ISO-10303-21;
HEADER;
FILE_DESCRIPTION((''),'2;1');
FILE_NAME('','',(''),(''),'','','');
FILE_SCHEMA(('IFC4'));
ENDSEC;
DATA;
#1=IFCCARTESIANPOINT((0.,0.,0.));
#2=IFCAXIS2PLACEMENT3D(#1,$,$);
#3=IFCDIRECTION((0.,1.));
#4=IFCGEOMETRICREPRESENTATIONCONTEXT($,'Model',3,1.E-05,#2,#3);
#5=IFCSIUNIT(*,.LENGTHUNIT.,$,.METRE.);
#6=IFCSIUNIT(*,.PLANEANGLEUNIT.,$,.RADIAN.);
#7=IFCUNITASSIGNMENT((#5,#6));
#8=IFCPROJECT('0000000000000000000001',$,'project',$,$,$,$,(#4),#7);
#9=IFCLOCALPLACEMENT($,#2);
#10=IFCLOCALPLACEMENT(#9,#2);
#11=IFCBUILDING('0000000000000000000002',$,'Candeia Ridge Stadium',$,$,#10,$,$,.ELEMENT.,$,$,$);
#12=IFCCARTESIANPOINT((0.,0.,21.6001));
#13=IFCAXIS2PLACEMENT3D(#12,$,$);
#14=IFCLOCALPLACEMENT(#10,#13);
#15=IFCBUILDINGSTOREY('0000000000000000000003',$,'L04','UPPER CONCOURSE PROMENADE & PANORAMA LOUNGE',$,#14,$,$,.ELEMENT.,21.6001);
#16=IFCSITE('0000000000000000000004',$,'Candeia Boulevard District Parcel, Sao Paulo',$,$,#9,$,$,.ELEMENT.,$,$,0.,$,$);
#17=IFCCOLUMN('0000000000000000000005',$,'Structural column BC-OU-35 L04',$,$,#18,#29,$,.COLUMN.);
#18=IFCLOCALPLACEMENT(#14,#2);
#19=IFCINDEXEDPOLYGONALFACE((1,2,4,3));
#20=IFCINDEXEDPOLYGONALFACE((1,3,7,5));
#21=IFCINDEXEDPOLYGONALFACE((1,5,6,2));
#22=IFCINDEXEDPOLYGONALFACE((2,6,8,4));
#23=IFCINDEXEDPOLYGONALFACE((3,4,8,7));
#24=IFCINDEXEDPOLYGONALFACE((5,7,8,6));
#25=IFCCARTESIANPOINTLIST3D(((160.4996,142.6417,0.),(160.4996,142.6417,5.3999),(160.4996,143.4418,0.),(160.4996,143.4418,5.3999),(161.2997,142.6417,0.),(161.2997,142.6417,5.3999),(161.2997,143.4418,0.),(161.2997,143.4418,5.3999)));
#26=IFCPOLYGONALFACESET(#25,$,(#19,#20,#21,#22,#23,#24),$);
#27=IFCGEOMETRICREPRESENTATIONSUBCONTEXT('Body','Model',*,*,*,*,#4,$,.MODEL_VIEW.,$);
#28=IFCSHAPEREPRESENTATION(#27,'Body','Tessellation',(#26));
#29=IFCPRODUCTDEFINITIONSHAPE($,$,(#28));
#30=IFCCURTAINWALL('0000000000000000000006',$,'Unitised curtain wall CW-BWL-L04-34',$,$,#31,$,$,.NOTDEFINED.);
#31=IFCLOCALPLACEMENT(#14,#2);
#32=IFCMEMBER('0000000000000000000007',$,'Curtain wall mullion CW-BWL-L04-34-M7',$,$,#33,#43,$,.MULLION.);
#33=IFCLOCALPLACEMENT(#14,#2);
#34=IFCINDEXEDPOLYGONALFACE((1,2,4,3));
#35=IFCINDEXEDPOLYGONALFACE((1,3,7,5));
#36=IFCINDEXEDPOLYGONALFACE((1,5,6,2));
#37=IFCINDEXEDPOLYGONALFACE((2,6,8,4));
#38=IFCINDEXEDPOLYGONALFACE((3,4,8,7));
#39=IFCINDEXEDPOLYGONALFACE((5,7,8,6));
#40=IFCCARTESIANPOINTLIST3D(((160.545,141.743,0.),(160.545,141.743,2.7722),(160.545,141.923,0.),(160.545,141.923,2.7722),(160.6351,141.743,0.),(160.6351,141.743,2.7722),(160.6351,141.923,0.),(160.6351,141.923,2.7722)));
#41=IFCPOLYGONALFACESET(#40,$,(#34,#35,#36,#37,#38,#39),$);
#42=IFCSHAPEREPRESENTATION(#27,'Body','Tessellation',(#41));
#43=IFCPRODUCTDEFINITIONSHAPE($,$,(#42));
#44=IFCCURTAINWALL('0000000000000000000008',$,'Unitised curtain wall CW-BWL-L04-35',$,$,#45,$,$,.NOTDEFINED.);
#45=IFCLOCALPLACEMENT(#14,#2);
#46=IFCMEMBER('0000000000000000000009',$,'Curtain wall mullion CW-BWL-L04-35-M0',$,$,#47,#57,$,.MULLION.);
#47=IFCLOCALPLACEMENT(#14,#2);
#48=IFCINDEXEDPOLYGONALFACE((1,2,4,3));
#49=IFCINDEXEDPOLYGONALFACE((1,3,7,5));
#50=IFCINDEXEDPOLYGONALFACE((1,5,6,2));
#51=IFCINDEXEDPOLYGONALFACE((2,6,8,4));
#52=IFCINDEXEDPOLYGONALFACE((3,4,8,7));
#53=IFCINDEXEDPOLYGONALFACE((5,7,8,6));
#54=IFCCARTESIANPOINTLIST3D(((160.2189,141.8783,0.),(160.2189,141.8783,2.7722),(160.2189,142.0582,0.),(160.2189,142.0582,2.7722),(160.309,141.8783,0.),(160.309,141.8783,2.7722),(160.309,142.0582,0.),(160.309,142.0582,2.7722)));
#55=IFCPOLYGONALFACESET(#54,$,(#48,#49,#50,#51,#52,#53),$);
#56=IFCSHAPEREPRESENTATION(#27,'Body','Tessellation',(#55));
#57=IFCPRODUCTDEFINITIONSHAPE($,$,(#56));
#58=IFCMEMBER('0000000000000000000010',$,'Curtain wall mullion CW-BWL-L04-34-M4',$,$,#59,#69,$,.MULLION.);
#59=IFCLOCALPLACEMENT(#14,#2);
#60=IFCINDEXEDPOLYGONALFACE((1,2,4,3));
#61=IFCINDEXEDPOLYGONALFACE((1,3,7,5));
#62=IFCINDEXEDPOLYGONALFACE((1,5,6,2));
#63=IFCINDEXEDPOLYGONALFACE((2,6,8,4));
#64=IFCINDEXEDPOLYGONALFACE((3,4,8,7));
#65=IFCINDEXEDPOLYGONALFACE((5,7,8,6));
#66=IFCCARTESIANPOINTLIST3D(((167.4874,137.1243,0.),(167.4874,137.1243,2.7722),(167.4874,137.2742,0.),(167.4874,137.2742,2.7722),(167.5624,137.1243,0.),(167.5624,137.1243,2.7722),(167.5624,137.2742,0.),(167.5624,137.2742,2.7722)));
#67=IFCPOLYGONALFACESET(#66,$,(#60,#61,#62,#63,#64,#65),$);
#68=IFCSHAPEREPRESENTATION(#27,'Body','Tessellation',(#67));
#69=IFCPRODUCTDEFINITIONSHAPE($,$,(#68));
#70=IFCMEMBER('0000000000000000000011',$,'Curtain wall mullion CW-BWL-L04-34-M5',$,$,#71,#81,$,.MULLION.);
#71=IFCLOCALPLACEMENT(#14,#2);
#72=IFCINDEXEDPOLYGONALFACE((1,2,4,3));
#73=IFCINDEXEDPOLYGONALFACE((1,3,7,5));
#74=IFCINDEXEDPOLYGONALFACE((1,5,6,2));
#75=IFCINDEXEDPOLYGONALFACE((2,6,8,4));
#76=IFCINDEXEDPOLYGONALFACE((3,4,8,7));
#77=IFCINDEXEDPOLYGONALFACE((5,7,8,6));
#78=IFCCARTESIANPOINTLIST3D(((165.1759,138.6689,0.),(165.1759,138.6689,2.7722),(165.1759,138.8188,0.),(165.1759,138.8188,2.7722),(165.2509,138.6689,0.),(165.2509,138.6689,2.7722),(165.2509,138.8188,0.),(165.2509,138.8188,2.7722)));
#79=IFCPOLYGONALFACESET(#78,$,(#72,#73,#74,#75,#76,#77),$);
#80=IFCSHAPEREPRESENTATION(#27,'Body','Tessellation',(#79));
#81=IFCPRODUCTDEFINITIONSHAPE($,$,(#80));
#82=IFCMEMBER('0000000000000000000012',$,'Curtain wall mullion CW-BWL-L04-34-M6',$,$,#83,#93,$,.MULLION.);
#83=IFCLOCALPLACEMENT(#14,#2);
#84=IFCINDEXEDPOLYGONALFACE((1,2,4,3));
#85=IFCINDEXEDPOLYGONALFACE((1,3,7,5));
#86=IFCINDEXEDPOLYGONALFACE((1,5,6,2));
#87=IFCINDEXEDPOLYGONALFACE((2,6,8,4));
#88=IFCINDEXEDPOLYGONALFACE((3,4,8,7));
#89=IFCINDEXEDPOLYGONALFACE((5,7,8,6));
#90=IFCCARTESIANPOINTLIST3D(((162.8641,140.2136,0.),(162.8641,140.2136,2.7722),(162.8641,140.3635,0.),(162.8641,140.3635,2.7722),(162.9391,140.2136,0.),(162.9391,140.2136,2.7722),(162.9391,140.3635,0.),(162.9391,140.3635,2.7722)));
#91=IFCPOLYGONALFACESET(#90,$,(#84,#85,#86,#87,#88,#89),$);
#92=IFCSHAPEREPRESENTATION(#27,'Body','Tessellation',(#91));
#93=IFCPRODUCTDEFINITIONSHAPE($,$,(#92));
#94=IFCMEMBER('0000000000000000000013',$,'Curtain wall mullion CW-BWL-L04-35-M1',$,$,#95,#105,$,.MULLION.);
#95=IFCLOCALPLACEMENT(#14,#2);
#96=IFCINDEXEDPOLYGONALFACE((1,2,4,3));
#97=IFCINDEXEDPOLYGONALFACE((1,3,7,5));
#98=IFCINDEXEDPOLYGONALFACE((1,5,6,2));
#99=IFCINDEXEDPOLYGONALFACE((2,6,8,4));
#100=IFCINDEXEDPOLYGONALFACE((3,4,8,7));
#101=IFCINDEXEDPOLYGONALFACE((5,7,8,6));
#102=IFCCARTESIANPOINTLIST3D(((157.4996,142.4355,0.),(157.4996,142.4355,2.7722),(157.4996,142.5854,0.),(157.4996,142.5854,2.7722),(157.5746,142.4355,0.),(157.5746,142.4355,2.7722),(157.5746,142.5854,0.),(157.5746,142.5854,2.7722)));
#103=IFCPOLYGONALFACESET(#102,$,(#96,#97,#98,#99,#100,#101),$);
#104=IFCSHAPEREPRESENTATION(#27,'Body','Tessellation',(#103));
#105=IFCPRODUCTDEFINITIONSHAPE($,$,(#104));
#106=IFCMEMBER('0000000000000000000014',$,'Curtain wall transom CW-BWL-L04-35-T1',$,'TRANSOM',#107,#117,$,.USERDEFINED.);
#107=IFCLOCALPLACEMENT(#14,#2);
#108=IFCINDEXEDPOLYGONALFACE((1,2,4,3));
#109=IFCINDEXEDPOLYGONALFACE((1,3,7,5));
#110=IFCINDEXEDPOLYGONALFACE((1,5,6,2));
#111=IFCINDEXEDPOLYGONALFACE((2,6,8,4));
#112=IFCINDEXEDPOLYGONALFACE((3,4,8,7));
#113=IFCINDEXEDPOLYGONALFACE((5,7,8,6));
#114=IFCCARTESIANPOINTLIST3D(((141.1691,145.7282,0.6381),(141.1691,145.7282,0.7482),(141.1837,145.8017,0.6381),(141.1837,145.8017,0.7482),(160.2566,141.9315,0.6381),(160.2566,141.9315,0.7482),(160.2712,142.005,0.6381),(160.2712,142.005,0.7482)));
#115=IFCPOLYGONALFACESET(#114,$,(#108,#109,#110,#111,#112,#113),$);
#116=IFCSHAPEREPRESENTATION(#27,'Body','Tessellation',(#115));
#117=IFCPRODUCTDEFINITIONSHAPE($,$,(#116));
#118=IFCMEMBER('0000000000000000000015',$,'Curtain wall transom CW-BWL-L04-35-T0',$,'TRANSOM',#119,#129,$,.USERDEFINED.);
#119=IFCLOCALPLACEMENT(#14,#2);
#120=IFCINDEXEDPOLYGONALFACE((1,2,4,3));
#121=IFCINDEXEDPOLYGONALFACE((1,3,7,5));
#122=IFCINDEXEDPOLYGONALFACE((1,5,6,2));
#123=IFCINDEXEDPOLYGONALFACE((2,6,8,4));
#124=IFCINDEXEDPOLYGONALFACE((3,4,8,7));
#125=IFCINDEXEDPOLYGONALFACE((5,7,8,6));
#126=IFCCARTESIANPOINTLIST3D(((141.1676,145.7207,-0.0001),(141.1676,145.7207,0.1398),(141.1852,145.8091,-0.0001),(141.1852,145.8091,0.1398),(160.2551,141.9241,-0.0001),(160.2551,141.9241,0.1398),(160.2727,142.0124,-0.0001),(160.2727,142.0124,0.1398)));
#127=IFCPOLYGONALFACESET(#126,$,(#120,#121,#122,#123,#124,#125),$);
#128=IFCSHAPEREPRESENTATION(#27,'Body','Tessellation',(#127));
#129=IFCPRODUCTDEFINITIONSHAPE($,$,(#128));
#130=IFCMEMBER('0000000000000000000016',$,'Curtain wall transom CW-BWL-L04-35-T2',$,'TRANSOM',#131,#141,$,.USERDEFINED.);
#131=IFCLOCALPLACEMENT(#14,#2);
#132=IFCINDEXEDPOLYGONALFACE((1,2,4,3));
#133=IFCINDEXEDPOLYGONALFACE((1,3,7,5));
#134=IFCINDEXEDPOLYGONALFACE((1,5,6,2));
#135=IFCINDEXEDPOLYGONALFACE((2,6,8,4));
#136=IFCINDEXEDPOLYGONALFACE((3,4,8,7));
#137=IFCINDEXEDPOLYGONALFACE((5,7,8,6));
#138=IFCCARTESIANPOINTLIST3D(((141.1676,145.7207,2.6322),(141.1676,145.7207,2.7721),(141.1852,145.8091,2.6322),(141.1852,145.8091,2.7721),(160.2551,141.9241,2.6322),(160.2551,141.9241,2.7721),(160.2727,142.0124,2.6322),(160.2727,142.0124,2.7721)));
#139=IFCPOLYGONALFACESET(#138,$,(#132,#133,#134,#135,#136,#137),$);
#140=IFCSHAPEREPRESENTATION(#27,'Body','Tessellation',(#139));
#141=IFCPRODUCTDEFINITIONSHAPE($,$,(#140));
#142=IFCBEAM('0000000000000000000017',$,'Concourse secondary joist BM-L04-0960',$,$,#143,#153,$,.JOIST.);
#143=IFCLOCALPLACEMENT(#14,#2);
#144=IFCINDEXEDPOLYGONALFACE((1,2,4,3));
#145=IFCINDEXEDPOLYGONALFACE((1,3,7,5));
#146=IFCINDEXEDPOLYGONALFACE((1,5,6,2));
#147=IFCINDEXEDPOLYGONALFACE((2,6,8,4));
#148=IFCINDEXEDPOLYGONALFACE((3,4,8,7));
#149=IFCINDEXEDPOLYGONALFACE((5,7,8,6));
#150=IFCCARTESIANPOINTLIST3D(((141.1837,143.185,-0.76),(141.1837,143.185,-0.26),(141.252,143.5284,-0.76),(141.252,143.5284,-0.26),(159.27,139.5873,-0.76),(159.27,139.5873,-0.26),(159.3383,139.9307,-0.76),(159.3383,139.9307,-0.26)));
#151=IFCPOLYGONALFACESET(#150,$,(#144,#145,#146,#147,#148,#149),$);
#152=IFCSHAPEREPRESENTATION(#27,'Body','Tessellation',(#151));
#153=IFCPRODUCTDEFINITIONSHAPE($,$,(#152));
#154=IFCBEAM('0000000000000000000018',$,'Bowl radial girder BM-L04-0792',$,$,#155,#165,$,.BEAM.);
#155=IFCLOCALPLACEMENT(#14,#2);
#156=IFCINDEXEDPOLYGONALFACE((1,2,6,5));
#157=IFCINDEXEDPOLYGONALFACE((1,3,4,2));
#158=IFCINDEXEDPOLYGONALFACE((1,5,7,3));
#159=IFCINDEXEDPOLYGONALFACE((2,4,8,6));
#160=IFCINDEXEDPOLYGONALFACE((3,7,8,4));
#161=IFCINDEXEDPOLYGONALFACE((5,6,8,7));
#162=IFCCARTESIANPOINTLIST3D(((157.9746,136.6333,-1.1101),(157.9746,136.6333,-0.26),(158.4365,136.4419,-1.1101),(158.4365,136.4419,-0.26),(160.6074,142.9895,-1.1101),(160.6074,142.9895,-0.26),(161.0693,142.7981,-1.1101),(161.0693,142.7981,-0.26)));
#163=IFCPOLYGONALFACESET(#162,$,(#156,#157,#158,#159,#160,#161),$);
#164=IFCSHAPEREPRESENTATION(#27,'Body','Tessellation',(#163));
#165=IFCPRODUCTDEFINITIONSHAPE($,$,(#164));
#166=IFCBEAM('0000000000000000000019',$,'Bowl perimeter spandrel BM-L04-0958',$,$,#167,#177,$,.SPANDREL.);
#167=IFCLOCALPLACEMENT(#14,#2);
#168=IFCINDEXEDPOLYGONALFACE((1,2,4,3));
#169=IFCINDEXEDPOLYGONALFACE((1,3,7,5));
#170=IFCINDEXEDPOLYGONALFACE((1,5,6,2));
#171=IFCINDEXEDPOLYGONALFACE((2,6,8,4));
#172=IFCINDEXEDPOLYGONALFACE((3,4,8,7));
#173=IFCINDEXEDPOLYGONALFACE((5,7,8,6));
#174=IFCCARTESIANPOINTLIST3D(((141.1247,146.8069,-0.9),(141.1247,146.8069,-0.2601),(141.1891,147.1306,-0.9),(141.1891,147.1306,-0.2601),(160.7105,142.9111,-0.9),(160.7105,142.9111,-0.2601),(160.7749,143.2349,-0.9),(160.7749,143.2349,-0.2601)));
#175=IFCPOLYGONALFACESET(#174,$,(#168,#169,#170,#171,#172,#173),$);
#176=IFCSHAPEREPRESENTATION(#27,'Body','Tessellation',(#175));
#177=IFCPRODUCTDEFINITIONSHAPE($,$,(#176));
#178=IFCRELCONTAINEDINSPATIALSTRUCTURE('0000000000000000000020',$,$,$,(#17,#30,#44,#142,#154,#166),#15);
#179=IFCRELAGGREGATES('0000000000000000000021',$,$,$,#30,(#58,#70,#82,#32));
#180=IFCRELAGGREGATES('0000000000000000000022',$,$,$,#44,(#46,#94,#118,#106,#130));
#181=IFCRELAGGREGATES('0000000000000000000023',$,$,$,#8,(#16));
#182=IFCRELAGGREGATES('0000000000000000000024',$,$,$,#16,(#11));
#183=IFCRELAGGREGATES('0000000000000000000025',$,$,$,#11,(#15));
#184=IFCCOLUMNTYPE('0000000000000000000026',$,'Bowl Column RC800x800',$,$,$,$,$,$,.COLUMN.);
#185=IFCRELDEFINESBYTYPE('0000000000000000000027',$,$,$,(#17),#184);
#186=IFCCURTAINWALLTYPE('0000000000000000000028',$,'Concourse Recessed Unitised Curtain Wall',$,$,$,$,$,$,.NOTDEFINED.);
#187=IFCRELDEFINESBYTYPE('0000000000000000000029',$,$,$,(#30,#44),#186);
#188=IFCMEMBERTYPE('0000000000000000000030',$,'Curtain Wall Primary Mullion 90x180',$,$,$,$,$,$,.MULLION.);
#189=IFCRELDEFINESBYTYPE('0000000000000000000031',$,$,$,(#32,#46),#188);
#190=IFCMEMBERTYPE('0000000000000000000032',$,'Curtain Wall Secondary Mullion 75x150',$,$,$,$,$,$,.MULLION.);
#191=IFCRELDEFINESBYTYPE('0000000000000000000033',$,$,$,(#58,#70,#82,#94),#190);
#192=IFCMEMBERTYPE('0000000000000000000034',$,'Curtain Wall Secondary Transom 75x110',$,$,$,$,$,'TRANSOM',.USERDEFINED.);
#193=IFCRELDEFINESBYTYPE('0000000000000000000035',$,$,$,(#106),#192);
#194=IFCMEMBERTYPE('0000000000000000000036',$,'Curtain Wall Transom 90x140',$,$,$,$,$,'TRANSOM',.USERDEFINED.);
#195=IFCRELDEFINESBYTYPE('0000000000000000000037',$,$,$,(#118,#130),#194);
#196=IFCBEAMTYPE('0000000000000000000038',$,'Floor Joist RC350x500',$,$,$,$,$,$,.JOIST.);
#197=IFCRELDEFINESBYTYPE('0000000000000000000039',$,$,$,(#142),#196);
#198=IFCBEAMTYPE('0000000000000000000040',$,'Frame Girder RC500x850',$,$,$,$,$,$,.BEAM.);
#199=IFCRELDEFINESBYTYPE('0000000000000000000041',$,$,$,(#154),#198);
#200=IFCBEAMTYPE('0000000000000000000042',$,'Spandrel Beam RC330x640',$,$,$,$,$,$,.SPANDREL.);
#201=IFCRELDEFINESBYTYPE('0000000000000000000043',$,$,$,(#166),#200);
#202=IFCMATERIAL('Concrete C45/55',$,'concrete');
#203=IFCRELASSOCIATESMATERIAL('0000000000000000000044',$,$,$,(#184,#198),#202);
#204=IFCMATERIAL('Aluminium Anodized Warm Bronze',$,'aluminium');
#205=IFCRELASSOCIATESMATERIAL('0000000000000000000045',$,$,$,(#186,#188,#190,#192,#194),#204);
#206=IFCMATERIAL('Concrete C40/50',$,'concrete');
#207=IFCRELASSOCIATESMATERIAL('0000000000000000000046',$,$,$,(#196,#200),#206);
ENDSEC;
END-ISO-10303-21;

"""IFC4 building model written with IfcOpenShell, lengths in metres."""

from ifc_helpers import new_model, si_unit, direction, frame, origin, origin_2d, place, context, subcontext, project, spatial, rectangle, extrude, material, material_profile, profile_set, type_object, element, aggregate, save


model = new_model("IFC4")

# Units and contexts
model_context = context("Model", 3, precision=1e-05, world=origin(), true_north=direction((0.0, 1.0)))
body_context = subcontext(model_context, "Body", "Model", "MODEL_VIEW")
ifc_project = project(units=[si_unit("LENGTHUNIT", "METRE"), si_unit("PLANEANGLEUNIT", "RADIAN")], contexts=[model_context])

# Site, building, storey
site_placement = place(None, origin())
site = spatial("IfcSite", under=ifc_project, at=site_placement, Name="Candeia Boulevard District Parcel, Sao Paulo", CompositionType="ELEMENT", RefElevation=0.0)
building_placement = place(site_placement, origin())
building = spatial("IfcBuilding", under=site, at=building_placement, Name="Candeia Ridge Stadium", CompositionType="ELEMENT")
storey_placement = place(building_placement, frame((0.0, 0.0, 21.6001)))
storey = spatial("IfcBuildingStorey", under=building, at=storey_placement, Name="L04", Description="UPPER CONCOURSE PROMENADE & PANORAMA LOUNGE", CompositionType="ELEMENT", Elevation=21.6001)

# Column
ifc_material_1 = material(Name="Concrete C45/55", Category="concrete")
ifc_material_profile_1 = material_profile(ifc_material_1, rectangle(XDim=0.8, YDim=0.8, at=origin_2d()), Name="RC800x800", Category="concrete")
ifc_profile_set_1 = profile_set([ifc_material_profile_1], Name="Concrete C45/55")
column_type = type_object("IfcColumnType", Name="Bowl Column RC800x800", PredefinedType="COLUMN", material=ifc_profile_set_1)
column_placement = place(storey_placement, frame((160.8997, 143.0417, 0.0), z_axis=(0.0, 0.0, 1.0), x_axis=(1.0, 0.0, 0.0)))
element("IfcColumn", 1, at=column_placement, inside=storey, type_object=column_type, Name="Structural column BC-OU-35 L04", PredefinedType="COLUMN", context=body_context, shape_type="SweptSolid", body=[
    extrude(rectangle(XDim=0.8, YDim=0.8, at=origin_2d()), origin(), (0.0, 0.0, 1.0), 5.3999),
])

# Curtain walls, members
ifc_material_2 = material(Name="Aluminium Anodized Warm Bronze", Category="aluminium")
curtain_wall_type = type_object("IfcCurtainWallType", Name="Concourse Recessed Unitised Curtain Wall", PredefinedType="NOTDEFINED", material=ifc_material_2)
curtain_wall_1_placement = place(storey_placement, origin())
curtain_wall_1 = element("IfcCurtainWall", 2, at=curtain_wall_1_placement, inside=storey, type_object=curtain_wall_type, Name="Unitised curtain wall CW-BWL-L04-34", PredefinedType="NOTDEFINED")
ifc_material_profile_2 = material_profile(ifc_material_2, rectangle(XDim=0.0901, YDim=0.1799, at=origin_2d()), Name="CWM-90x180", Category="aluminium")
ifc_profile_set_2 = profile_set([ifc_material_profile_2], Name="Aluminium Anodized Warm Bronze")
member_type_1 = type_object("IfcMemberType", Name="Curtain Wall Primary Mullion 90x180", PredefinedType="MULLION", material=ifc_profile_set_2)
member_1_placement = place(storey_placement, frame((160.5901, 141.833, 0.0), z_axis=(0.0, 0.0, 1.0), x_axis=(1.0, 0.0, 0.0)))
member_1 = element("IfcMember", 3, at=member_1_placement, type_object=member_type_1, Name="Curtain wall mullion CW-BWL-L04-34-M7", PredefinedType="MULLION", context=body_context, shape_type="SweptSolid", body=[
    extrude(rectangle(XDim=0.0901, YDim=0.1799, at=origin_2d()), origin(), (0.0, 0.0, 1.0), 2.7722),
])
curtain_wall_2_placement = place(storey_placement, origin())
curtain_wall_2 = element("IfcCurtainWall", 4, at=curtain_wall_2_placement, inside=storey, type_object=curtain_wall_type, Name="Unitised curtain wall CW-BWL-L04-35", PredefinedType="NOTDEFINED")
member_2_placement = place(storey_placement, frame((160.2639, 141.9683, 0.0), z_axis=(0.0, 0.0, 1.0), x_axis=(1.0, 0.0, 0.0)))
member_2 = element("IfcMember", 5, at=member_2_placement, type_object=member_type_1, Name="Curtain wall mullion CW-BWL-L04-35-M0", PredefinedType="MULLION", context=body_context, shape_type="SweptSolid", body=[
    extrude(rectangle(XDim=0.0901, YDim=0.1799, at=origin_2d()), origin(), (0.0, 0.0, 1.0), 2.7722),
])

# Members
ifc_material_profile_3 = material_profile(ifc_material_2, rectangle(XDim=0.075, YDim=0.1499, at=origin_2d()), Name="CWM-75x150", Category="aluminium")
ifc_profile_set_3 = profile_set([ifc_material_profile_3], Name="Aluminium Anodized Warm Bronze")
member_type_2 = type_object("IfcMemberType", Name="Curtain Wall Secondary Mullion 75x150", PredefinedType="MULLION", material=ifc_profile_set_3)
member_3_placement = place(storey_placement, frame((167.5249, 137.1992, 0.0), z_axis=(0.0, 0.0, 1.0), x_axis=(1.0, 0.0, 0.0)))
member_3 = element("IfcMember", 6, at=member_3_placement, type_object=member_type_2, Name="Curtain wall mullion CW-BWL-L04-34-M4", PredefinedType="MULLION", context=body_context, shape_type="SweptSolid", body=[
    extrude(rectangle(XDim=0.075, YDim=0.1499, at=origin_2d()), origin(), (0.0, 0.0, 1.0), 2.7722),
])
member_4_placement = place(storey_placement, frame((165.2134, 138.7439, 0.0), z_axis=(0.0, 0.0, 1.0), x_axis=(1.0, 0.0, 0.0)))
member_4 = element("IfcMember", 7, at=member_4_placement, type_object=member_type_2, Name="Curtain wall mullion CW-BWL-L04-34-M5", PredefinedType="MULLION", context=body_context, shape_type="SweptSolid", body=[
    extrude(rectangle(XDim=0.075, YDim=0.1499, at=origin_2d()), origin(), (0.0, 0.0, 1.0), 2.7722),
])
member_5_placement = place(storey_placement, frame((162.9016, 140.2886, 0.0), z_axis=(0.0, 0.0, 1.0), x_axis=(1.0, 0.0, 0.0)))
member_5 = element("IfcMember", 8, at=member_5_placement, type_object=member_type_2, Name="Curtain wall mullion CW-BWL-L04-34-M6", PredefinedType="MULLION", context=body_context, shape_type="SweptSolid", body=[
    extrude(rectangle(XDim=0.075, YDim=0.1499, at=origin_2d()), origin(), (0.0, 0.0, 1.0), 2.7722),
])
member_6_placement = place(storey_placement, frame((157.5371, 142.5105, 0.0), z_axis=(0.0, 0.0, 1.0), x_axis=(1.0, 0.0, 0.0)))
member_6 = element("IfcMember", 9, at=member_6_placement, type_object=member_type_2, Name="Curtain wall mullion CW-BWL-L04-35-M1", PredefinedType="MULLION", context=body_context, shape_type="SweptSolid", body=[
    extrude(rectangle(XDim=0.075, YDim=0.1499, at=origin_2d()), origin(), (0.0, 0.0, 1.0), 2.7722),
])
ifc_material_profile_4 = material_profile(ifc_material_2, rectangle(XDim=0.075, YDim=0.1101, at=origin_2d()), Name="CWT-75x110", Category="aluminium")
ifc_profile_set_4 = profile_set([ifc_material_profile_4], Name="Aluminium Anodized Warm Bronze")
member_type_3 = type_object("IfcMemberType", Name="Curtain Wall Secondary Transom 75x110", ElementType="TRANSOM", PredefinedType="USERDEFINED", material=ifc_profile_set_4)
member_7_placement = place(storey_placement, frame((160.2639, 141.9683, 0.6931), z_axis=(-0.980786, 0.195086, 0.0), x_axis=(-0.195086, -0.980786, 0.0)))
member_7 = element("IfcMember", 10, at=member_7_placement, type_object=member_type_3, Name="Curtain wall transom CW-BWL-L04-35-T1", ObjectType="TRANSOM", PredefinedType="USERDEFINED", context=body_context, shape_type="SweptSolid", body=[
    extrude(rectangle(XDim=0.075, YDim=0.1101, at=origin_2d()), origin(), (0.0, 0.0, 1.0), 19.4614),
])
ifc_material_profile_5 = material_profile(ifc_material_2, rectangle(XDim=0.0901, YDim=0.1399, at=origin_2d()), Name="CWT-90x140", Category="aluminium")
ifc_profile_set_5 = profile_set([ifc_material_profile_5], Name="Aluminium Anodized Warm Bronze")
member_type_4 = type_object("IfcMemberType", Name="Curtain Wall Transom 90x140", ElementType="TRANSOM", PredefinedType="USERDEFINED", material=ifc_profile_set_5)
member_8_placement = place(storey_placement, frame((160.2639, 141.9683, 0.0698), z_axis=(-0.980786, 0.195086, 0.0), x_axis=(-0.195086, -0.980786, 0.0)))
member_8 = element("IfcMember", 11, at=member_8_placement, type_object=member_type_4, Name="Curtain wall transom CW-BWL-L04-35-T0", ObjectType="TRANSOM", PredefinedType="USERDEFINED", context=body_context, shape_type="SweptSolid", body=[
    extrude(rectangle(XDim=0.0901, YDim=0.1399, at=origin_2d()), origin(), (0.0, 0.0, 1.0), 19.4614),
])
member_9_placement = place(storey_placement, frame((160.2639, 141.9683, 2.7021), z_axis=(-0.980786, 0.195086, 0.0), x_axis=(-0.195086, -0.980786, 0.0)))
member_9 = element("IfcMember", 12, at=member_9_placement, type_object=member_type_4, Name="Curtain wall transom CW-BWL-L04-35-T2", ObjectType="TRANSOM", PredefinedType="USERDEFINED", context=body_context, shape_type="SweptSolid", body=[
    extrude(rectangle(XDim=0.0901, YDim=0.1399, at=origin_2d()), origin(), (0.0, 0.0, 1.0), 19.4614),
])

# Beams
ifc_material_3 = material(Name="Concrete C40/50", Category="concrete")
ifc_material_profile_6 = material_profile(ifc_material_3, rectangle(XDim=0.3501, YDim=0.5, at=origin_2d()), Name="RC350x500", Category="concrete")
ifc_profile_set_6 = profile_set([ifc_material_profile_6], Name="Concrete C40/50")
beam_type_1 = type_object("IfcBeamType", Name="Floor Joist RC350x500", PredefinedType="JOIST", material=ifc_profile_set_6)
beam_1_placement = place(storey_placement, frame((159.3042, 139.759, -0.51), z_axis=(-0.980785, 0.195093, 0.0), x_axis=(-0.195093, -0.980785, 0.0)))
element("IfcBeam", 13, at=beam_1_placement, inside=storey, type_object=beam_type_1, Name="Concourse secondary joist BM-L04-0960", PredefinedType="JOIST", context=body_context, shape_type="SweptSolid", body=[
    extrude(rectangle(XDim=0.3501, YDim=0.5, at=origin_2d()), origin(), (0.0, 0.0, 1.0), 18.4407),
])
ifc_material_profile_7 = material_profile(ifc_material_1, rectangle(XDim=0.5, YDim=0.8501, at=origin_2d()), Name="RC500x850", Category="concrete")
ifc_profile_set_7 = profile_set([ifc_material_profile_7], Name="Concrete C45/55")
beam_type_2 = type_object("IfcBeamType", Name="Frame Girder RC500x850", PredefinedType="BEAM", material=ifc_profile_set_7)
beam_2_placement = place(storey_placement, frame((158.2056, 136.5376, -0.6851), z_axis=(0.382682, 0.92388, 0.0), x_axis=(-0.92388, 0.382682, 0.0)))
element("IfcBeam", 14, at=beam_2_placement, inside=storey, type_object=beam_type_2, Name="Bowl radial girder BM-L04-0792", PredefinedType="BEAM", context=body_context, shape_type="SweptSolid", body=[
    extrude(rectangle(XDim=0.5, YDim=0.8501, at=origin_2d()), origin(), (0.0, 0.0, 1.0), 6.8799),
])
ifc_material_profile_8 = material_profile(ifc_material_3, rectangle(XDim=0.3301, YDim=0.6399, at=origin_2d()), Name="RC330x640", Category="concrete")
ifc_profile_set_8 = profile_set([ifc_material_profile_8], Name="Concrete C40/50")
beam_type_3 = type_object("IfcBeamType", Name="Spandrel Beam RC330x640", PredefinedType="SPANDREL", material=ifc_profile_set_8)
beam_3_placement = place(storey_placement, frame((160.7427, 143.073, -0.5801), z_axis=(-0.980786, 0.195086, 0.0), x_axis=(-0.195086, -0.980786, 0.0)))
element("IfcBeam", 15, at=beam_3_placement, inside=storey, type_object=beam_type_3, Name="Bowl perimeter spandrel BM-L04-0958", PredefinedType="SPANDREL", context=body_context, shape_type="SweptSolid", body=[
    extrude(rectangle(XDim=0.3301, YDim=0.6399, at=origin_2d()), origin(), (0.0, 0.0, 1.0), 19.9695),
])

aggregate(curtain_wall_1, [member_3, member_4, member_5, member_1])
aggregate(curtain_wall_2, [member_2, member_6, member_8, member_7, member_9])

save(model, "model.ifc")
